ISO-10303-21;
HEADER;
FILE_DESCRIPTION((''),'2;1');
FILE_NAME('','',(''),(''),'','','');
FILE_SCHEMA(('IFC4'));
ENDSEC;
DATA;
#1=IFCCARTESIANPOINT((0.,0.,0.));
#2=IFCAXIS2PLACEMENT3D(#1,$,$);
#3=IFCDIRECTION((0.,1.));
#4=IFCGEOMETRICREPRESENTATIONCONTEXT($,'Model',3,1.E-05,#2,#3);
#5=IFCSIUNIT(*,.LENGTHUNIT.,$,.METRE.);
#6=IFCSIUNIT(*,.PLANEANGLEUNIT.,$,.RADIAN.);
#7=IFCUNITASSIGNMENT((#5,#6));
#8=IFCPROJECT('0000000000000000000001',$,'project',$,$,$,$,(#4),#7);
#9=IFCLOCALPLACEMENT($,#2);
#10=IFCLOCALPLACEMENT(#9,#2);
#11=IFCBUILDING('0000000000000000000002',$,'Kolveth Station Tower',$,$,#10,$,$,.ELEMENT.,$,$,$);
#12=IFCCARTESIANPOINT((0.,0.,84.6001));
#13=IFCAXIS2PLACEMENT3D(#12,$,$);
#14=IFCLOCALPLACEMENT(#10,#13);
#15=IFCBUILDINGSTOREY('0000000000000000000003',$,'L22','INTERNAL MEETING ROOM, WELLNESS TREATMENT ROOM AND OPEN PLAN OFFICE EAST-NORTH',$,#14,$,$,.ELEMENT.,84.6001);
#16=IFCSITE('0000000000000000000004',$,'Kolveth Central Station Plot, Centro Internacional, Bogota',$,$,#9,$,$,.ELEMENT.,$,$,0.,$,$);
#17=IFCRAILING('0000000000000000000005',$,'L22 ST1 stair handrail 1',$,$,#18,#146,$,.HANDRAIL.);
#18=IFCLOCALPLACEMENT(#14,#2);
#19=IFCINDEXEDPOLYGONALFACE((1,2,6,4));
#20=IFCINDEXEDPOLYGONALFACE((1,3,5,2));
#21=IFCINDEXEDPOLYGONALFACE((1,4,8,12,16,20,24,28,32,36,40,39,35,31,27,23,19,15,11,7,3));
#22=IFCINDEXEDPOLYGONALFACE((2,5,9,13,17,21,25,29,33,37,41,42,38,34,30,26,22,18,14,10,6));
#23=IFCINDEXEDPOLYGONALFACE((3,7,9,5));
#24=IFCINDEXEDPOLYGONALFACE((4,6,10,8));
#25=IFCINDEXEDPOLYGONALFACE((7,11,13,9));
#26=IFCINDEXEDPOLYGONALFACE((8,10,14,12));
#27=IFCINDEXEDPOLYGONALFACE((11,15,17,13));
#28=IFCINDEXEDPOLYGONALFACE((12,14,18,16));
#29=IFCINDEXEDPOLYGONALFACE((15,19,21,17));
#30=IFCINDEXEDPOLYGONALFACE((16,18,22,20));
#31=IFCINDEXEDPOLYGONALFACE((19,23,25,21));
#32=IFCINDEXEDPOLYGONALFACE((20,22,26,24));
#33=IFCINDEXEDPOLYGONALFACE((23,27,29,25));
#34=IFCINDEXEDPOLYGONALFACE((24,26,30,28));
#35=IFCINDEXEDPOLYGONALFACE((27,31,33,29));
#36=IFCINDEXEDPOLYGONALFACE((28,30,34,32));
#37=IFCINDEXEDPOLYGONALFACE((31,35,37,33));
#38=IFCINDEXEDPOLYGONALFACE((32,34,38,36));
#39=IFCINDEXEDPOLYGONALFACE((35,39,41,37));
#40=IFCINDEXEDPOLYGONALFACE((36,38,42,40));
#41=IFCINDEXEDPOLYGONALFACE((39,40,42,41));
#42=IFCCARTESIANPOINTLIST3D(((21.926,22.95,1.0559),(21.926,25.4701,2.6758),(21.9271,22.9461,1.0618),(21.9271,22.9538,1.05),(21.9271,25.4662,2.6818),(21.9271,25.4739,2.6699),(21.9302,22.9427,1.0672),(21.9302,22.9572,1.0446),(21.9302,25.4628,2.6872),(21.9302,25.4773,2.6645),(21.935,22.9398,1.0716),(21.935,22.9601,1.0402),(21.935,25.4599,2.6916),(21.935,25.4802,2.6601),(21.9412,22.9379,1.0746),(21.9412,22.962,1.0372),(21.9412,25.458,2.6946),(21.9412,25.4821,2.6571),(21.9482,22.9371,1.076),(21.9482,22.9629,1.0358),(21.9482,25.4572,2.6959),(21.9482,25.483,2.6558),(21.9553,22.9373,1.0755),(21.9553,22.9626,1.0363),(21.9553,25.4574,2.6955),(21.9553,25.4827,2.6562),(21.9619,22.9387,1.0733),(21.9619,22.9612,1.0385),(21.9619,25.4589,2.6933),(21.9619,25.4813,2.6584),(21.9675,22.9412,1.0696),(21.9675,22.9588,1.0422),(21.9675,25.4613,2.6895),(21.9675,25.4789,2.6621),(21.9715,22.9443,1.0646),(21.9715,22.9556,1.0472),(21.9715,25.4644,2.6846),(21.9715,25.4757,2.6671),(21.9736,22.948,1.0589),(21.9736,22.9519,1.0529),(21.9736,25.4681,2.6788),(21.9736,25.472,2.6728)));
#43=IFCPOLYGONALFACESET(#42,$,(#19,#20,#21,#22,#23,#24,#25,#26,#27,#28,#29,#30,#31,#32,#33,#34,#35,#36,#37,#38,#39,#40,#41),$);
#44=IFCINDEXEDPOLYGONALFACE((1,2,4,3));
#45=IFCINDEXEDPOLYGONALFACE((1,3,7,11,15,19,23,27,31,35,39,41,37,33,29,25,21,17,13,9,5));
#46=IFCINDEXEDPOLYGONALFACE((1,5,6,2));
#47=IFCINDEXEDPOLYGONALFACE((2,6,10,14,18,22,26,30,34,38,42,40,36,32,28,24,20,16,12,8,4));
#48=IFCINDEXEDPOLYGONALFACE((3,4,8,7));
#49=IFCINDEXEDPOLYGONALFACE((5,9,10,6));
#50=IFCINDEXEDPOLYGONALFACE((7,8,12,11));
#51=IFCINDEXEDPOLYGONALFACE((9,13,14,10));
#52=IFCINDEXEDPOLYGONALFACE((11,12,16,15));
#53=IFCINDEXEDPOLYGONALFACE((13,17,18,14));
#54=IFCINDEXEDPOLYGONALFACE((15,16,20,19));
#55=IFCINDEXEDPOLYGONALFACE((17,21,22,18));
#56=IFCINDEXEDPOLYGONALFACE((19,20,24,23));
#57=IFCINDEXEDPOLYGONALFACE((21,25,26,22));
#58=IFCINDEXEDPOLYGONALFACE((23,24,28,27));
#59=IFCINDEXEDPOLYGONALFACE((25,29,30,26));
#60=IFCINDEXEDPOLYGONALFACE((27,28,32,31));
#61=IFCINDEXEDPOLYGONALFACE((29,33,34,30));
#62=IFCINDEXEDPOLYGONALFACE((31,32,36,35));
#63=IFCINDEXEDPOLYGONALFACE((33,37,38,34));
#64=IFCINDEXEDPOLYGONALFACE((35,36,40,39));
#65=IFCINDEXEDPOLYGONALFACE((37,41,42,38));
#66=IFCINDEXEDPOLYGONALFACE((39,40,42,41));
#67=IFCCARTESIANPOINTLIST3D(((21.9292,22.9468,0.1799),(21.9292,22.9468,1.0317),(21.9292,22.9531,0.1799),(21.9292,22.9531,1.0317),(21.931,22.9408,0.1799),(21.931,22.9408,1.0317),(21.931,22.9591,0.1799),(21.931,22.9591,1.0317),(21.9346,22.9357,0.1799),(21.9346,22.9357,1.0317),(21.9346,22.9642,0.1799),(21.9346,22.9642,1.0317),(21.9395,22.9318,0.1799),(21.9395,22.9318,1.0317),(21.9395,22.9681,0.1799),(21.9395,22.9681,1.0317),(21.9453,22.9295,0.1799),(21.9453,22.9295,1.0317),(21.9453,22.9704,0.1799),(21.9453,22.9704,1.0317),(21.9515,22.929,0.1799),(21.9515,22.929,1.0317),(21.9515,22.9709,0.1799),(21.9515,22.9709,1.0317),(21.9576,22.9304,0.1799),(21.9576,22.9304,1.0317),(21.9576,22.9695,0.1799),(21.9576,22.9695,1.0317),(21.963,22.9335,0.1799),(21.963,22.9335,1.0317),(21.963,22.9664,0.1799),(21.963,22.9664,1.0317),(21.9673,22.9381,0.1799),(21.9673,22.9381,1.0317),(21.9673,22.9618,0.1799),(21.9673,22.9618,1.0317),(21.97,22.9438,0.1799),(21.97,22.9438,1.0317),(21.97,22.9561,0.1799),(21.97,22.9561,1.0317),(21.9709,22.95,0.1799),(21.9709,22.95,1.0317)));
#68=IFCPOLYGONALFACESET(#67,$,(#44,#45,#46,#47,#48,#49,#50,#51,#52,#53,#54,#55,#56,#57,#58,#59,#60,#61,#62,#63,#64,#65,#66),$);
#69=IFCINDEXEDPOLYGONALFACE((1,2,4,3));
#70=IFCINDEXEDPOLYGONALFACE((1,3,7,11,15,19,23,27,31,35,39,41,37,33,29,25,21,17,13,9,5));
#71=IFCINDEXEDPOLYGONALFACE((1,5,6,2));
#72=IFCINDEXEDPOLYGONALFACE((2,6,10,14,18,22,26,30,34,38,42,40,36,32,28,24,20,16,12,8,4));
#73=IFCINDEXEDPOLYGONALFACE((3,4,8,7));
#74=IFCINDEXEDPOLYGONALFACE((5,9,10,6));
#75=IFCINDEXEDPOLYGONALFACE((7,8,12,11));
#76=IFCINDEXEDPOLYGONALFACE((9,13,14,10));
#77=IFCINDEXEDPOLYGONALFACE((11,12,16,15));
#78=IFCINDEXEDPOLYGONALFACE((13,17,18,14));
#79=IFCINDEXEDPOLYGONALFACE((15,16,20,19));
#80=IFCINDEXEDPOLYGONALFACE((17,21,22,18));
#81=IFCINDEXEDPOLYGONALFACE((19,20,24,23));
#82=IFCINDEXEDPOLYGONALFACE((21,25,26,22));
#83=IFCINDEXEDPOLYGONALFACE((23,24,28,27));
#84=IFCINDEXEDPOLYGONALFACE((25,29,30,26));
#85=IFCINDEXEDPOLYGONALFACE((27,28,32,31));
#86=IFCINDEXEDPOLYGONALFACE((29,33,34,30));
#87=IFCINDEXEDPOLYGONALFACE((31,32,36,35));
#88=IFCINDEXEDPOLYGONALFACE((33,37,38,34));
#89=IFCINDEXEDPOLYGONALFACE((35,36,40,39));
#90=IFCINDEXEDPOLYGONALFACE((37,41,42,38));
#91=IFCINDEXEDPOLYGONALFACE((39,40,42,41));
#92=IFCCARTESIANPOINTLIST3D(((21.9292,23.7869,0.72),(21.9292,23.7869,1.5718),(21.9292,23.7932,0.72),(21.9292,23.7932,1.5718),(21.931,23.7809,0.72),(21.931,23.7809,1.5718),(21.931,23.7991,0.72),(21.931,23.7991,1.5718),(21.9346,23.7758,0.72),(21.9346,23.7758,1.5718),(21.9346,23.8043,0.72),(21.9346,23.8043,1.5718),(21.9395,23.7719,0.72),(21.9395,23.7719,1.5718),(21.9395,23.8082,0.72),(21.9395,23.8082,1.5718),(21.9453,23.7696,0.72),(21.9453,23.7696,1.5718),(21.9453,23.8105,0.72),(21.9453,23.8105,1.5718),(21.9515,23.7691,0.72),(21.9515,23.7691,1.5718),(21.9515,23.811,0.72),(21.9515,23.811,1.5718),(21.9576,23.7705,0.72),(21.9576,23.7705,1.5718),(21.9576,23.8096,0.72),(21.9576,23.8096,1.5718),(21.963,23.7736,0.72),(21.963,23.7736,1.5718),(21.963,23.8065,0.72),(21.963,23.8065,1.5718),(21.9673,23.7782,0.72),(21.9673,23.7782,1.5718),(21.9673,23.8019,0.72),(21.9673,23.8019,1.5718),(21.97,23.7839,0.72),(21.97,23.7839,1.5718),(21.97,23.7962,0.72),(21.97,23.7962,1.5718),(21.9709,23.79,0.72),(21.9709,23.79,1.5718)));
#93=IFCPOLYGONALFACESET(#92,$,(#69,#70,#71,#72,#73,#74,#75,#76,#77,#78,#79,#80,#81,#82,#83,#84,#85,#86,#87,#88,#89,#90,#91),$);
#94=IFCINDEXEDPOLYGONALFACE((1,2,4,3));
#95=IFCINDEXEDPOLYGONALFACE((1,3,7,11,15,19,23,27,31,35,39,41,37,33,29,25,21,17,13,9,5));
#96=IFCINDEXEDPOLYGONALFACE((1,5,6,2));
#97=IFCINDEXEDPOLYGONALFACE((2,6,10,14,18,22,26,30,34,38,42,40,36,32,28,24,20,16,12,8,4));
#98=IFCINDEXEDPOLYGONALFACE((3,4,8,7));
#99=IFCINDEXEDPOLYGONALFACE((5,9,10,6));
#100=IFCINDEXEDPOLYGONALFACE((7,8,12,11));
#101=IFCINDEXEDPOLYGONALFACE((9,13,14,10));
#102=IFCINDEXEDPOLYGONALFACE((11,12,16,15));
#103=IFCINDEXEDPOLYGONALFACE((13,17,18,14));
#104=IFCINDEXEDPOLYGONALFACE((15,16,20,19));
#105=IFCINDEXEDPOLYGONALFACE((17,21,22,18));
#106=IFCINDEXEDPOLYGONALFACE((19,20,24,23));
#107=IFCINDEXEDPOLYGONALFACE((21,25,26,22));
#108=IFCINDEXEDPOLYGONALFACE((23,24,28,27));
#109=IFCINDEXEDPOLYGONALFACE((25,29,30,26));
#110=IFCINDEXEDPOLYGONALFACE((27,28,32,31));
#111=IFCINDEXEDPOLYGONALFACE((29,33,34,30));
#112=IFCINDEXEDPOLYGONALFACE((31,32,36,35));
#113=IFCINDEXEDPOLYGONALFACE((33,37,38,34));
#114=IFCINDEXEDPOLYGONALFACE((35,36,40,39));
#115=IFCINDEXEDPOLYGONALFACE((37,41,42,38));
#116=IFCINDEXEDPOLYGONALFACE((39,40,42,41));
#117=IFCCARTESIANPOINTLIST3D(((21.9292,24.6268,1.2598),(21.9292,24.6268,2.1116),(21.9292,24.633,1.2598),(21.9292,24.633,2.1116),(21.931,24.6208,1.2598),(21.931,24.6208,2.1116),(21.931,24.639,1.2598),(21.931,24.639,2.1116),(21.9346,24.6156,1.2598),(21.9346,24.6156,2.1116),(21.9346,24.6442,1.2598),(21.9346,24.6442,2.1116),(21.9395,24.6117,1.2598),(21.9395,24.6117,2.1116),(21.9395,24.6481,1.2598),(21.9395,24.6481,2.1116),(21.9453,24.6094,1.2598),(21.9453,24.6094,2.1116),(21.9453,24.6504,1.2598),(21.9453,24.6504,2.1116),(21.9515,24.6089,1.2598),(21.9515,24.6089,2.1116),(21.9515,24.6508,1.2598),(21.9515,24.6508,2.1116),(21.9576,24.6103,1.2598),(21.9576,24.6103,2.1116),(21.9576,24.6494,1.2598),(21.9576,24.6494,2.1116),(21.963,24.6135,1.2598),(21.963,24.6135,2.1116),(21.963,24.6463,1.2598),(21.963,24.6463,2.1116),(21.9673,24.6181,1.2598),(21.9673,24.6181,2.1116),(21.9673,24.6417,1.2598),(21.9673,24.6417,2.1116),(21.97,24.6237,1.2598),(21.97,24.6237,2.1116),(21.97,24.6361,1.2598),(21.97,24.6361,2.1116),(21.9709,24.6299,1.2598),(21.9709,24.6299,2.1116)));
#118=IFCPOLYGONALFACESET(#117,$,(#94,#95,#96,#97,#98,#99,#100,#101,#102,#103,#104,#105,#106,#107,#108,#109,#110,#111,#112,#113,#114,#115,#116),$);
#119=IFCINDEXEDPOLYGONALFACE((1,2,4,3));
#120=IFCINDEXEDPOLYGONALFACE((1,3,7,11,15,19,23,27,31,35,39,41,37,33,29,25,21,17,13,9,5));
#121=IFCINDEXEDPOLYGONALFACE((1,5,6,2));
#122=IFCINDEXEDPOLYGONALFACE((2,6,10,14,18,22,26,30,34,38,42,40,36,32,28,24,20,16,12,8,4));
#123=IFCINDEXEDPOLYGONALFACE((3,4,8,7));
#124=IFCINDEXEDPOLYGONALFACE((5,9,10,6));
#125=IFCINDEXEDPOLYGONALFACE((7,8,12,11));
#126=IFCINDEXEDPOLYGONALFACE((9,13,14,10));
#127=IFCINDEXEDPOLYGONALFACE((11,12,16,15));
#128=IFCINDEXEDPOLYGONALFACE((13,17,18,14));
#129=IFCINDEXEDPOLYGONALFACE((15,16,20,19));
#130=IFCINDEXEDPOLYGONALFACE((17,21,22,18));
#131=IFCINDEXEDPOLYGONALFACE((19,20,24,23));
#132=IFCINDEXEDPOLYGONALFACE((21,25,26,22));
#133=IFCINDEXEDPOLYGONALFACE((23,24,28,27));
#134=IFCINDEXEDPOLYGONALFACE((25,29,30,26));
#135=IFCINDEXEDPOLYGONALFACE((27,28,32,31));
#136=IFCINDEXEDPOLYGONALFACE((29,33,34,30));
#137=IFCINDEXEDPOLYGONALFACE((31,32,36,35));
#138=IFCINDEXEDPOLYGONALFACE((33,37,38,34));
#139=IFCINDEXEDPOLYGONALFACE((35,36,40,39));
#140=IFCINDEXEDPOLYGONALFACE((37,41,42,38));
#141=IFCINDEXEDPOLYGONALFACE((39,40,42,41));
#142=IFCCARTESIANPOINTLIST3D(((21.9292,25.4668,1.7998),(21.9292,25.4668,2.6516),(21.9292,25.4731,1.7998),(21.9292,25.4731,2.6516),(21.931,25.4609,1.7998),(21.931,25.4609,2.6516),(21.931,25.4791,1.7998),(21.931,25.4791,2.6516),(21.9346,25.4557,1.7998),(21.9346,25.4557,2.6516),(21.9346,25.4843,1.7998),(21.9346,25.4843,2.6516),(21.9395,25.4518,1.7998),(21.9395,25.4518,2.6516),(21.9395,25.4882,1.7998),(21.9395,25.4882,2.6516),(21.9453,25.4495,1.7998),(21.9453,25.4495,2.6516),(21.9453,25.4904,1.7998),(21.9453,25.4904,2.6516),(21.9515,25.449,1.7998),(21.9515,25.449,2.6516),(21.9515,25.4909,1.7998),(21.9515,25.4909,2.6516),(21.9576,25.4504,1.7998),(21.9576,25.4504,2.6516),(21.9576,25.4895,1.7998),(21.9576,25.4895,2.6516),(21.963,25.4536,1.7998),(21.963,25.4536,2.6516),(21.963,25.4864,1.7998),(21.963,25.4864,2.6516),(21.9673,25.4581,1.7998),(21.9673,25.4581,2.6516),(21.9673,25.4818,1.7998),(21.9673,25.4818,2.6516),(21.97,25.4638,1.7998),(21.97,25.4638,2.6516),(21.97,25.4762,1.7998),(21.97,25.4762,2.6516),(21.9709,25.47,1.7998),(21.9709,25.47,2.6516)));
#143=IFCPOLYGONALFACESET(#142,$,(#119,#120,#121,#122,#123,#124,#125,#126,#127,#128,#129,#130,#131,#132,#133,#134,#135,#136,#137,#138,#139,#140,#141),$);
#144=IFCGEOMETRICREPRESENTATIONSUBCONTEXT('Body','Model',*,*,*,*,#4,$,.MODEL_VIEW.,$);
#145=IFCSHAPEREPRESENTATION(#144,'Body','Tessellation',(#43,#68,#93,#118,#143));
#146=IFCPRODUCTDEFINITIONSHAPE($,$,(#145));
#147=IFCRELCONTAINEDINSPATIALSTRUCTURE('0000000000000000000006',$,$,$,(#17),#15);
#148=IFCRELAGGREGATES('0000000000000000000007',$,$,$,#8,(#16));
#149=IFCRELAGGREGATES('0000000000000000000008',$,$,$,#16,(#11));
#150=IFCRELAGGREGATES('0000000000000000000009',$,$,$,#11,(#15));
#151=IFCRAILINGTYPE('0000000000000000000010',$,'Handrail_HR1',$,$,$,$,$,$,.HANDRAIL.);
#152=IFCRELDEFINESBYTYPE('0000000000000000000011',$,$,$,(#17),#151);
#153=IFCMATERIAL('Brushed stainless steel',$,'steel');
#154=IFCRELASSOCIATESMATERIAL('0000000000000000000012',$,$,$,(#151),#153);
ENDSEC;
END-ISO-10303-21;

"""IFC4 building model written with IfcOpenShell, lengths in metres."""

from ifc_helpers import new_model, si_unit, direction, frame, origin, origin_2d, place, context, subcontext, project, spatial, circle, extrude, material, type_object, element, save


model = new_model("IFC4")

# Units and contexts
model_context = context("Model", 3, precision=1e-05, world=origin(), true_north=direction((0.0, 1.0)))
body_context = subcontext(model_context, "Body", "Model", "MODEL_VIEW")
ifc_project = project(units=[si_unit("LENGTHUNIT", "METRE"), si_unit("PLANEANGLEUNIT", "RADIAN")], contexts=[model_context])

# Site, building, storey
site_placement = place(None, origin())
site = spatial("IfcSite", under=ifc_project, at=site_placement, Name="Kolveth Central Station Plot, Centro Internacional, Bogota", CompositionType="ELEMENT", RefElevation=0.0)
building_placement = place(site_placement, origin())
building = spatial("IfcBuilding", under=site, at=building_placement, Name="Kolveth Station Tower", CompositionType="ELEMENT")
storey_placement = place(building_placement, frame((0.0, 0.0, 84.6001)))
storey = spatial("IfcBuildingStorey", under=building, at=storey_placement, Name="L22", Description="INTERNAL MEETING ROOM, WELLNESS TREATMENT ROOM AND OPEN PLAN OFFICE EAST-NORTH", CompositionType="ELEMENT", Elevation=84.6001)

# Railing
ifc_material_1 = material(Name="Brushed stainless steel", Category="steel")
railing_type_1 = type_object("IfcRailingType", Name="Handrail_HR1", PredefinedType="HANDRAIL", material=ifc_material_1)
for number, where, name in (
    (1, (21.95, 22.95, 0.1799), "L22 ST1 stair handrail 1"),
):
    element("IfcRailing", number, at=place(storey_placement, frame(where)), inside=storey, type_object=railing_type_1, Name=name, PredefinedType="HANDRAIL", context=body_context, shape_type="SweptSolid", body=[
        extrude(circle(Radius=0.0239, at=origin_2d()), frame((0.0, 0.0, 0.876), z_axis=(0.0, 0.8412, 0.540725), x_axis=(-1.0, 0.0, 0.0)), (0.0, 0.0, 1.0), 2.9958),
        extrude(circle(Radius=0.021, at=origin_2d()), origin(), (0.0, 0.0, 1.0), 0.8518),
        extrude(circle(Radius=0.021, at=origin_2d()), frame((0.0, 0.8401, 0.54)), (0.0, 0.0, 1.0), 0.8518),
        extrude(circle(Radius=0.021, at=origin_2d()), frame((0.0, 1.6799, 1.0798)), (0.0, 0.0, 1.0), 0.8518),
        extrude(circle(Radius=0.021, at=origin_2d()), frame((0.0, 2.52, 1.6199)), (0.0, 0.0, 1.0), 0.8518),
    ])

save(model, "model.ifc")
